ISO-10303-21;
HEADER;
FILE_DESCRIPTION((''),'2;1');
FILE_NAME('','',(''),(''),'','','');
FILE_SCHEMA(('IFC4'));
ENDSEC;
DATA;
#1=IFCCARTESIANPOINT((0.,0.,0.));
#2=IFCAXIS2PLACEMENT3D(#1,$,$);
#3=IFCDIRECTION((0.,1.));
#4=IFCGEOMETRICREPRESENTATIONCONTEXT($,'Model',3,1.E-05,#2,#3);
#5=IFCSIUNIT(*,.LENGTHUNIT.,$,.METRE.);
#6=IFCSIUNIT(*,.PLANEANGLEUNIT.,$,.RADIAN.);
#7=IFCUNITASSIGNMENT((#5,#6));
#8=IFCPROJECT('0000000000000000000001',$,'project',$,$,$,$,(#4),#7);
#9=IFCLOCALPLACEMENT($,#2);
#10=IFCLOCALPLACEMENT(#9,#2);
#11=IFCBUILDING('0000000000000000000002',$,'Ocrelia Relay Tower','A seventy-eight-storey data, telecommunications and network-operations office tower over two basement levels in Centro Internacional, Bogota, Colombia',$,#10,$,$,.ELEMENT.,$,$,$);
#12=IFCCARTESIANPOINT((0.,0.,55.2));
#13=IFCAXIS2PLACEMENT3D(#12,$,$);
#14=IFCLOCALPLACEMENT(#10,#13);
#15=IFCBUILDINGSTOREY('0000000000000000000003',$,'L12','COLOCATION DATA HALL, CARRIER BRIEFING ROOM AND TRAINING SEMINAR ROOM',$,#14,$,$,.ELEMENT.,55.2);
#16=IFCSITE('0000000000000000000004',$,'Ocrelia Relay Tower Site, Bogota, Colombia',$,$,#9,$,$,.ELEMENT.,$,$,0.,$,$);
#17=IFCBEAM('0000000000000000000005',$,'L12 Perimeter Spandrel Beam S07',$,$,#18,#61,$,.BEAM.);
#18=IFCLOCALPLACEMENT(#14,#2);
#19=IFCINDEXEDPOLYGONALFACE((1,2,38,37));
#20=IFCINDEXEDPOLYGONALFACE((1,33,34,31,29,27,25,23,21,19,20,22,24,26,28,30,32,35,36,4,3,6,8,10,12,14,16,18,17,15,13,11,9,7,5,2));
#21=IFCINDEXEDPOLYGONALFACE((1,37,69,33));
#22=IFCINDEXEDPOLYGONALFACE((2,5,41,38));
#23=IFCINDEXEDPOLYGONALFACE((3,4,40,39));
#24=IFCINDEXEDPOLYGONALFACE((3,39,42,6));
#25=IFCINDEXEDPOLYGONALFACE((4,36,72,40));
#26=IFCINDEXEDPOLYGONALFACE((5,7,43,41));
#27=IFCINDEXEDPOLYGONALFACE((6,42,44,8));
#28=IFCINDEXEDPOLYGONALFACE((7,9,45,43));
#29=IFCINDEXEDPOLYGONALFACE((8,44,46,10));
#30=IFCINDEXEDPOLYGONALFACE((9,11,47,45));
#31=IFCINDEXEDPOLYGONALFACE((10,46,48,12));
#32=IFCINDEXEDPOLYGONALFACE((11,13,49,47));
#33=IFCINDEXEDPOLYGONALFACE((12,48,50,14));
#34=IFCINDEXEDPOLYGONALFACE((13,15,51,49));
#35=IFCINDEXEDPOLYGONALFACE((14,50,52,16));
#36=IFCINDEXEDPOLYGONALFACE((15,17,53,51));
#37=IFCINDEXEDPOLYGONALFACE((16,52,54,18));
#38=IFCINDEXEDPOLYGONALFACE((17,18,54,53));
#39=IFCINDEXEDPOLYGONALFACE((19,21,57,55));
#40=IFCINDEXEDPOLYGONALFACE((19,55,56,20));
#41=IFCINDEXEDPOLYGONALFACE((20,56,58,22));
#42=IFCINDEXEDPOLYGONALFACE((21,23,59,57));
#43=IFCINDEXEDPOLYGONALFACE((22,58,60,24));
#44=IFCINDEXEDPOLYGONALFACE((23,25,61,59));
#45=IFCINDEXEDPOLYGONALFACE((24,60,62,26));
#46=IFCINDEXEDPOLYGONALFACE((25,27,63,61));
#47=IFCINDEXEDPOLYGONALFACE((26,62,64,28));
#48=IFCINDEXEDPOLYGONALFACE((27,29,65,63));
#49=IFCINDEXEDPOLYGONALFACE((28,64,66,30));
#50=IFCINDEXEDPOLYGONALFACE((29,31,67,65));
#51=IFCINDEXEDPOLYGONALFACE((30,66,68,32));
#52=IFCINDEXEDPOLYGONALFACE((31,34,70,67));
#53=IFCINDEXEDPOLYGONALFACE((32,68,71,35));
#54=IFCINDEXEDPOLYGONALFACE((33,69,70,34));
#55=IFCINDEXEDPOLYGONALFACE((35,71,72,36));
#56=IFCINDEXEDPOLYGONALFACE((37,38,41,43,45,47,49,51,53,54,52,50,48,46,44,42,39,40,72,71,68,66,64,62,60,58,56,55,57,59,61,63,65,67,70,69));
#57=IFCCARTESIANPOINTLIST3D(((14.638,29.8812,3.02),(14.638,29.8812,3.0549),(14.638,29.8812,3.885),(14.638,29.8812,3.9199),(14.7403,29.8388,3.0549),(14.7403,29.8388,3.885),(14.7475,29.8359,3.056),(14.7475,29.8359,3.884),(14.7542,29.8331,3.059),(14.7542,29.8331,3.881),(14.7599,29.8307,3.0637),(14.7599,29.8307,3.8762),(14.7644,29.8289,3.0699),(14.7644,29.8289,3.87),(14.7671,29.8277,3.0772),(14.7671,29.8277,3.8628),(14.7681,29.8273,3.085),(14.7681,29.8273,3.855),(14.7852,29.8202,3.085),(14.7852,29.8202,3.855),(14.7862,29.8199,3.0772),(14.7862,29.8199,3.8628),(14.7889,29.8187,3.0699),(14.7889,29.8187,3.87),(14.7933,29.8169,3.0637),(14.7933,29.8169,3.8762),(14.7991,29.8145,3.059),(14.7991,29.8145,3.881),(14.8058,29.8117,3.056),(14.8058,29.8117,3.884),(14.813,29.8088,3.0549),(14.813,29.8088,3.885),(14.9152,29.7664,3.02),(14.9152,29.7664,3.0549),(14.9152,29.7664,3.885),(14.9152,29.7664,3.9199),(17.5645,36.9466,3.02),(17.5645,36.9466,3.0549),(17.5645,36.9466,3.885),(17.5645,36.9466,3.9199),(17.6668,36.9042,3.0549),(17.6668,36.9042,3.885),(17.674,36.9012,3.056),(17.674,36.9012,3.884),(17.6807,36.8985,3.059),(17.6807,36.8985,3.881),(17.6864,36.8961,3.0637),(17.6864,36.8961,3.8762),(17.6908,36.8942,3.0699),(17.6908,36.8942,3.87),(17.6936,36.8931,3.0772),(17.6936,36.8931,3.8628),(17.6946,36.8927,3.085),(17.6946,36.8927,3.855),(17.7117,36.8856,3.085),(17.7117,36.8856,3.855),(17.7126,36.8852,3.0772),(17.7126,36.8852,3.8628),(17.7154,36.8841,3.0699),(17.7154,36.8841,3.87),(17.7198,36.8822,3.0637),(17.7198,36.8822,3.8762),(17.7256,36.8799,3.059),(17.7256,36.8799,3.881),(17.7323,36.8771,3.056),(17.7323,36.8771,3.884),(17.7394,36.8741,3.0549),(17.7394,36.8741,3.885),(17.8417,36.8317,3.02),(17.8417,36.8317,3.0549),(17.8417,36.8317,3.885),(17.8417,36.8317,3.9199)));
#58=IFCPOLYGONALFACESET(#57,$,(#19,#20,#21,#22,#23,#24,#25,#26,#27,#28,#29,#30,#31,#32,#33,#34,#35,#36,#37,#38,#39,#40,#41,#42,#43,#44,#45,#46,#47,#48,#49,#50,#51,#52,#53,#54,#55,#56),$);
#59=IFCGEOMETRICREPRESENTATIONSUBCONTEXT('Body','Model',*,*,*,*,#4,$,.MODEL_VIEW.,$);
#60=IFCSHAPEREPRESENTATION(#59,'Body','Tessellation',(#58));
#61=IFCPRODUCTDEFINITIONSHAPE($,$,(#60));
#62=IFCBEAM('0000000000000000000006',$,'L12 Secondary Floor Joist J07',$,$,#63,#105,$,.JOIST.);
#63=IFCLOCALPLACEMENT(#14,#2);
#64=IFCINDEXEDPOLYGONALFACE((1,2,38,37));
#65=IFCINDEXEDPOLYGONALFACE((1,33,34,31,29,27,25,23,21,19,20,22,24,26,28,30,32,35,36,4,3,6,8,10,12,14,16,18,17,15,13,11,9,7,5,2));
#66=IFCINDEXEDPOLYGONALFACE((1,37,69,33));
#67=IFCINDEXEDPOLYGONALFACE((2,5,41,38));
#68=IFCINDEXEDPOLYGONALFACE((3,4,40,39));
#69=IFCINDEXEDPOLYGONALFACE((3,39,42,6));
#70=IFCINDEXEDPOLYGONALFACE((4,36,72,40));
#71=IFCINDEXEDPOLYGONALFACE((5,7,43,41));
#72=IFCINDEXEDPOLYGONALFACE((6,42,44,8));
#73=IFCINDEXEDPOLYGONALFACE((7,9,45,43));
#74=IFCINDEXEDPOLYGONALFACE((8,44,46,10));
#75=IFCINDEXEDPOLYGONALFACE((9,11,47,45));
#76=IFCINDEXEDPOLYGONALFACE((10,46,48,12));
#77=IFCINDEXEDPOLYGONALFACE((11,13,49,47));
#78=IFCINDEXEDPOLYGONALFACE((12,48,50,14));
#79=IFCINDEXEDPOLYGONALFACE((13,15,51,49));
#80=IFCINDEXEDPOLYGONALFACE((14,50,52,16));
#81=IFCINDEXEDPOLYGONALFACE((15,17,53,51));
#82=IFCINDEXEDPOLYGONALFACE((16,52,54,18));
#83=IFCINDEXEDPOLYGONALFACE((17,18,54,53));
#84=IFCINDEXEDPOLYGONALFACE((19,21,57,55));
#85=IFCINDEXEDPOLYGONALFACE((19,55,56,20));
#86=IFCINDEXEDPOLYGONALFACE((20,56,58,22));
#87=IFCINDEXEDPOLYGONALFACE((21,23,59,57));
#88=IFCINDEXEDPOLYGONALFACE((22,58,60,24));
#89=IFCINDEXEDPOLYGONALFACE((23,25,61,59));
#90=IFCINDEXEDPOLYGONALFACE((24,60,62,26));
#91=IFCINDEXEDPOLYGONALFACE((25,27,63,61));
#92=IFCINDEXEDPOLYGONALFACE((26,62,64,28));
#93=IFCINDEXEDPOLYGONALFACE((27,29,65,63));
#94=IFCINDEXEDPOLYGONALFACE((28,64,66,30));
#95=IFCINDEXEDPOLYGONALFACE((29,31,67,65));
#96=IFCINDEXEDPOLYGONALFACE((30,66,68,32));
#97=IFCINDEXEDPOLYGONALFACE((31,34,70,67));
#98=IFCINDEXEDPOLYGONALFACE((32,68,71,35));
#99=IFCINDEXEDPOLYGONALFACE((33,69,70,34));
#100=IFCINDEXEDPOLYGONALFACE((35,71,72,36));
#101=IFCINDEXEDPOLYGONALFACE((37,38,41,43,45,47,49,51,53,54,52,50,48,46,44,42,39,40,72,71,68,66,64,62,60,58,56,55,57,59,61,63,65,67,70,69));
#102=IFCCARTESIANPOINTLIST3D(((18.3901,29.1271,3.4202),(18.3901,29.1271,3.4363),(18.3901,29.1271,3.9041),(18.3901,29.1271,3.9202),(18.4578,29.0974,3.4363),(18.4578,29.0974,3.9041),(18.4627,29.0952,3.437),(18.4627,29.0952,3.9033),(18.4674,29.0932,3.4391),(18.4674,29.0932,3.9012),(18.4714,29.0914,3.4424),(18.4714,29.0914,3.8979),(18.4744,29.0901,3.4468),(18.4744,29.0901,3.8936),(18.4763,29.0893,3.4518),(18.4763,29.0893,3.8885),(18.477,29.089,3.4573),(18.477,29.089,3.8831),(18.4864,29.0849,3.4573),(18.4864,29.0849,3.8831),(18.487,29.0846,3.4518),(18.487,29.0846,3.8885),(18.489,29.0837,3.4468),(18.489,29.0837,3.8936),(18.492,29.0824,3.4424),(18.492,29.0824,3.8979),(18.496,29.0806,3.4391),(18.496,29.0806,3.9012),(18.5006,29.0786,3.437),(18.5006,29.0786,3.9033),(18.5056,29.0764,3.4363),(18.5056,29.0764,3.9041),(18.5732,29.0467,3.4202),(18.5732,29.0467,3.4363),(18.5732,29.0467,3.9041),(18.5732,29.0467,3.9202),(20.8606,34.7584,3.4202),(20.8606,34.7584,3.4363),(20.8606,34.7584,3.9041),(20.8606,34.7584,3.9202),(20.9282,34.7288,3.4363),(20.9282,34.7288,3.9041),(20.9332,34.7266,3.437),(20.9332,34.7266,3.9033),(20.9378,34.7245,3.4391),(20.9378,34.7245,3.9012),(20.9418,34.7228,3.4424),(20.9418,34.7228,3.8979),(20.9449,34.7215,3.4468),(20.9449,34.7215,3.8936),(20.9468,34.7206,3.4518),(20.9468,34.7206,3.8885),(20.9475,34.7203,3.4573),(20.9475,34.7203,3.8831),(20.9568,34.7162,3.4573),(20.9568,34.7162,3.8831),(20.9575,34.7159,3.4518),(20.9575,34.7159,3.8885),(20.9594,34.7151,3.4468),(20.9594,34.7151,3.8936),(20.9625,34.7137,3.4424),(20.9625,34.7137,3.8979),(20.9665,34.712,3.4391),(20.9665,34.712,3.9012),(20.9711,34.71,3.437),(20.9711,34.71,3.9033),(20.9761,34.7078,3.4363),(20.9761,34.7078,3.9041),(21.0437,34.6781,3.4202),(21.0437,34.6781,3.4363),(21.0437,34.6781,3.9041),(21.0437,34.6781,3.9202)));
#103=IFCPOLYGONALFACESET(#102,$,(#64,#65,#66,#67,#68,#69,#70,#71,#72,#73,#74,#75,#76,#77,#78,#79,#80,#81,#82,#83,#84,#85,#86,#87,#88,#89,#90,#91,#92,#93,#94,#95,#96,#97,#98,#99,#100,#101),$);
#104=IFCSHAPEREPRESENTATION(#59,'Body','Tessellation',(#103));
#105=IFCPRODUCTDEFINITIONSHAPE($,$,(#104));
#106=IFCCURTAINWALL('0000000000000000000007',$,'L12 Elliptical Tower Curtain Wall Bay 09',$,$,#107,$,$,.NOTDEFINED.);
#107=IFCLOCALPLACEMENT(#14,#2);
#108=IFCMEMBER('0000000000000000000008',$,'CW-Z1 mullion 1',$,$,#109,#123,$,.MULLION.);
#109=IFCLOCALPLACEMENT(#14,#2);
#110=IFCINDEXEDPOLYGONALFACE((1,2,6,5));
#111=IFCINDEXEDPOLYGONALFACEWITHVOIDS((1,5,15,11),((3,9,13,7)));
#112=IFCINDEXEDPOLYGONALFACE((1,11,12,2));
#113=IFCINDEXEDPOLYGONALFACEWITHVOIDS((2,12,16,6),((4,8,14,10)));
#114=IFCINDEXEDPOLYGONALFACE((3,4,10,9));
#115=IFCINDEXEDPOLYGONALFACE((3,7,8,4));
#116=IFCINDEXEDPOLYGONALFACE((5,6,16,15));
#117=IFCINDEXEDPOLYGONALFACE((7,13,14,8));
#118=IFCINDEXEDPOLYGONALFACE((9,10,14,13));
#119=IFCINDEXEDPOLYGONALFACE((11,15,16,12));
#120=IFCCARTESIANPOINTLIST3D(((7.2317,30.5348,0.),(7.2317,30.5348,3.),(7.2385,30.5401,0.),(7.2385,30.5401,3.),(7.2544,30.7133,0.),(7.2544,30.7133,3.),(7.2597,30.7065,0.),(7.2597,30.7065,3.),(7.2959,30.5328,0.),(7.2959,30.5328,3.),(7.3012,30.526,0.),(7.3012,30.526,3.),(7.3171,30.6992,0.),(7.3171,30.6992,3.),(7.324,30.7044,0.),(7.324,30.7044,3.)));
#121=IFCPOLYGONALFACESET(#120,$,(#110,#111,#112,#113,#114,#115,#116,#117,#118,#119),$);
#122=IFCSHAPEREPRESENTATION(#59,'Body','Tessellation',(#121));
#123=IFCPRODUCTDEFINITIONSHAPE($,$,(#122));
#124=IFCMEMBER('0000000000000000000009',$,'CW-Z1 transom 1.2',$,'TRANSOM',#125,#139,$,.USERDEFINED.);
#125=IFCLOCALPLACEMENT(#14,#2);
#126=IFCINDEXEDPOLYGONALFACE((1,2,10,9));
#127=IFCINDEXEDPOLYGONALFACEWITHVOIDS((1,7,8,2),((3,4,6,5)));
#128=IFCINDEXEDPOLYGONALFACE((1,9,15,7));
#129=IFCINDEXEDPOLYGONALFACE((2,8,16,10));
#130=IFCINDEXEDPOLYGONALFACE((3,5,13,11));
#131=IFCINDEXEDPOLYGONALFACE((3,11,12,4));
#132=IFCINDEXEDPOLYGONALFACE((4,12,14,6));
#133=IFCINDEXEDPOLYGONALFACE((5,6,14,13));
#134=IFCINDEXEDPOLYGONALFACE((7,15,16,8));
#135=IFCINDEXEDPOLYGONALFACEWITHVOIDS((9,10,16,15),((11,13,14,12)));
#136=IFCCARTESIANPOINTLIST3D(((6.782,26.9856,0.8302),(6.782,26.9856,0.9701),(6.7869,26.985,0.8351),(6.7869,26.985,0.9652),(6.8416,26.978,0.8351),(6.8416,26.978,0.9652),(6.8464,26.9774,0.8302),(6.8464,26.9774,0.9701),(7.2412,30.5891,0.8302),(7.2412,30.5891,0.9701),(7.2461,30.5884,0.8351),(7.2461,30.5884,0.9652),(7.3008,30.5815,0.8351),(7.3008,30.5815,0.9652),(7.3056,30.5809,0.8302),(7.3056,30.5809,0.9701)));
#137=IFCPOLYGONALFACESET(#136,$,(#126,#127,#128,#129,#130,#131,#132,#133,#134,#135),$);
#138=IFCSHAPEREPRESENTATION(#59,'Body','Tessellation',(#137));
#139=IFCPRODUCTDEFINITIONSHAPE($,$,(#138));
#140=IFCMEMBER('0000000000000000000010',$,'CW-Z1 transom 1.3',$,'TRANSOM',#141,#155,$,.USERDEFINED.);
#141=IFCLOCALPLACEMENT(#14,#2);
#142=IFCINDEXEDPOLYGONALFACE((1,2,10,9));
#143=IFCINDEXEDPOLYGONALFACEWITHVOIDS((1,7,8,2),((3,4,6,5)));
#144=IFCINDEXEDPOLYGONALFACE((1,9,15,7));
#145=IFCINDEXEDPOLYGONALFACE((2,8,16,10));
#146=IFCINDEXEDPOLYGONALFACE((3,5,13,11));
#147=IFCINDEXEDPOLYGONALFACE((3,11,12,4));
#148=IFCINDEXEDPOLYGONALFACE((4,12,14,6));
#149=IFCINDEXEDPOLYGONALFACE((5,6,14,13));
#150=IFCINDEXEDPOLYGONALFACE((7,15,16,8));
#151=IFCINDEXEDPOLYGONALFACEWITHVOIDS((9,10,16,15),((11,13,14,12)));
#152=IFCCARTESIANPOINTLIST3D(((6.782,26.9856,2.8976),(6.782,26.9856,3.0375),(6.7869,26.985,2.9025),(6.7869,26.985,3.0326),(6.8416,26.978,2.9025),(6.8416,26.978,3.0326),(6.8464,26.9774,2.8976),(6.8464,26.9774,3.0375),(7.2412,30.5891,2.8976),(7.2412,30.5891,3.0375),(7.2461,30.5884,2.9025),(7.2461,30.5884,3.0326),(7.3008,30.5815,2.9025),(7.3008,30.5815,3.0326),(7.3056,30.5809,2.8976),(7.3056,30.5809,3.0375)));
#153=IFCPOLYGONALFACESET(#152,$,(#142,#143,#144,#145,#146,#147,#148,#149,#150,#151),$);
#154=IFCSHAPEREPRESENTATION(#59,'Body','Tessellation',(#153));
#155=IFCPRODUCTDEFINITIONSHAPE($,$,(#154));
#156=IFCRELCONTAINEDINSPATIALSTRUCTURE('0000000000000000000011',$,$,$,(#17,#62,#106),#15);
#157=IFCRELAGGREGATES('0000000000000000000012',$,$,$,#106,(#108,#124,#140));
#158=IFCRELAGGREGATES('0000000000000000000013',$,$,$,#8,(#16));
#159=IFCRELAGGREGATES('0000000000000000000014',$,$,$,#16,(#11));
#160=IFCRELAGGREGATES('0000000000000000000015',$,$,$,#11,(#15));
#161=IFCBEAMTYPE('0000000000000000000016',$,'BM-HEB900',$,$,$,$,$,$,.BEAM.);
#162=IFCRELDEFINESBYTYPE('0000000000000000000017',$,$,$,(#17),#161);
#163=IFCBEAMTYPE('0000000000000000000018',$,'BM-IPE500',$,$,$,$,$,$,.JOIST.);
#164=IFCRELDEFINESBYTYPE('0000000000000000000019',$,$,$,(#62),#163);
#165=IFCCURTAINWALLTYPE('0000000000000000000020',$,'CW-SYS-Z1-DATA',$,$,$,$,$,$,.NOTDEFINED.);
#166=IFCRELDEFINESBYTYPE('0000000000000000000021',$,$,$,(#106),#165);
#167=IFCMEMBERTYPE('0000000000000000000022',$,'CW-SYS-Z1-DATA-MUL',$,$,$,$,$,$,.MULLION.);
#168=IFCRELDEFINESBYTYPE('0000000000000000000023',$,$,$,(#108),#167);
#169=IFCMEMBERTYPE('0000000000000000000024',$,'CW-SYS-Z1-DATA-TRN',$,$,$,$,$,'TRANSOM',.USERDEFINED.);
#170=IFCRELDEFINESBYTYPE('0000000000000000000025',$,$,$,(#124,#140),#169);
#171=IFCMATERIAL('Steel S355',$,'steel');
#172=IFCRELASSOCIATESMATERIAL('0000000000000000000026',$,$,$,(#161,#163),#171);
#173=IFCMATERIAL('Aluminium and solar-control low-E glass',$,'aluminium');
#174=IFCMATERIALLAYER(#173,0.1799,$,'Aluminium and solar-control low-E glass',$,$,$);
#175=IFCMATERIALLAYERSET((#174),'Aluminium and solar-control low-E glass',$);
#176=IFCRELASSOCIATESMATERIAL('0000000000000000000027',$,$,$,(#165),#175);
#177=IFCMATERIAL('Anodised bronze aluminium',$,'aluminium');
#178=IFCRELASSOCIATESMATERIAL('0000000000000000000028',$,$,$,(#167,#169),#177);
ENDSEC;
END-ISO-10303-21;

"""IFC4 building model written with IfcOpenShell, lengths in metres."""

from ifc_helpers import new_model, si_unit, direction, frame, origin, origin_2d, place, context, subcontext, project, spatial, hollow_rectangle, i_section, extrude, material, layer, layer_set, material_profile, profile_set, type_object, element, aggregate, save


model = new_model("IFC4")

# Units and contexts
model_context = context("Model", 3, precision=1e-05, world=origin(), true_north=direction((0.0, 1.0)))
body_context = subcontext(model_context, "Body", "Model", "MODEL_VIEW")
ifc_project = project(units=[si_unit("LENGTHUNIT", "METRE"), si_unit("PLANEANGLEUNIT", "RADIAN")], contexts=[model_context])

# Site, building, storey
site_placement = place(None, origin())
site = spatial("IfcSite", under=ifc_project, at=site_placement, Name="Ocrelia Relay Tower Site, Bogota, Colombia", CompositionType="ELEMENT", RefElevation=0.0)
building_placement = place(site_placement, origin())
building = spatial("IfcBuilding", under=site, at=building_placement, Name="Ocrelia Relay Tower", Description="A seventy-eight-storey data, telecommunications and network-operations office tower over two basement levels in Centro Internacional, Bogota, Colombia", CompositionType="ELEMENT")
storey_placement = place(building_placement, frame((0.0, 0.0, 55.2)))
storey = spatial("IfcBuildingStorey", under=building, at=storey_placement, Name="L12", Description="COLOCATION DATA HALL, CARRIER BRIEFING ROOM AND TRAINING SEMINAR ROOM", CompositionType="ELEMENT", Elevation=55.2)

# Beams
ifc_material_1 = material(Name="Steel S355", Category="steel")
ifc_material_profile_1 = material_profile(ifc_material_1, i_section(OverallWidth=0.3, OverallDepth=0.8999, WebThickness=0.0186, FlangeThickness=0.0349, FilletRadius=0.03, at=origin_2d()), Name="HEB 900")
ifc_profile_set_1 = profile_set([ifc_material_profile_1], Name="Steel S355")
beam_type_1 = type_object("IfcBeamType", Name="BM-HEB900", PredefinedType="BEAM", material=ifc_profile_set_1)
beam_1_placement = place(storey_placement, frame((17.7031, 36.8892, 3.47), z_axis=(-0.382674, -0.923883, 0.0), x_axis=(0.923883, -0.382674, 0.0)))
element("IfcBeam", 1, at=beam_1_placement, inside=storey, type_object=beam_type_1, Name="L12 Perimeter Spandrel Beam S07", PredefinedType="BEAM", context=body_context, shape_type="SweptSolid", body=[
    extrude(i_section(OverallWidth=0.3, OverallDepth=0.8999, WebThickness=0.0186, FlangeThickness=0.0349, FilletRadius=0.03, at=origin_2d()), origin(), (0.0, 0.0, 1.0), 7.6475),
])
ifc_material_profile_2 = material_profile(ifc_material_1, i_section(OverallWidth=0.2, OverallDepth=0.5, WebThickness=0.0103, FlangeThickness=0.0161, FilletRadius=0.021, at=origin_2d()), Name="IPE 500")
ifc_profile_set_2 = profile_set([ifc_material_profile_2], Name="Steel S355")
beam_type_2 = type_object("IfcBeamType", Name="BM-IPE500", PredefinedType="JOIST", material=ifc_profile_set_2)
beam_2_placement = place(storey_placement, frame((20.9521, 34.7183, 3.6702), z_axis=(-0.401739, -0.915754, 0.0), x_axis=(0.915754, -0.401739, 0.0)))
element("IfcBeam", 2, at=beam_2_placement, inside=storey, type_object=beam_type_2, Name="L12 Secondary Floor Joist J07", PredefinedType="JOIST", context=body_context, shape_type="SweptSolid", body=[
    extrude(i_section(OverallWidth=0.2, OverallDepth=0.5, WebThickness=0.0103, FlangeThickness=0.0161, FilletRadius=0.021, at=origin_2d()), origin(), (0.0, 0.0, 1.0), 6.1494),
])

# Curtain wall, members
ifc_material_2 = material(Name="Aluminium and solar-control low-E glass", Category="aluminium")
ifc_layer_1 = layer(ifc_material_2, 0.1799, Name="Aluminium and solar-control low-E glass")
ifc_layer_set_1 = layer_set([ifc_layer_1], Name="Aluminium and solar-control low-E glass")
curtain_wall_type = type_object("IfcCurtainWallType", Name="CW-SYS-Z1-DATA", PredefinedType="NOTDEFINED", material=ifc_layer_set_1)
curtain_wall_placement = place(storey_placement, origin())
curtain_wall = element("IfcCurtainWall", 3, at=curtain_wall_placement, inside=storey, type_object=curtain_wall_type, Name="L12 Elliptical Tower Curtain Wall Bay 09", PredefinedType="NOTDEFINED")
ifc_material_3 = material(Name="Anodised bronze aluminium", Category="aluminium")
ifc_material_profile_3 = material_profile(ifc_material_3, hollow_rectangle(XDim=0.0701, YDim=0.1799, WallThickness=0.0061, at=origin_2d()), Name="CW-MUL-180x70")
ifc_profile_set_3 = profile_set([ifc_material_profile_3], Name="Anodised bronze aluminium")
member_type_1 = type_object("IfcMemberType", Name="CW-SYS-Z1-DATA-MUL", PredefinedType="MULLION", material=ifc_profile_set_3)
member_1_placement = place(storey_placement, frame((7.2778, 30.6196, 0.0), z_axis=(0.0, 0.0, 1.0), x_axis=(0.991983, -0.126374, 0.0)))
member_1 = element("IfcMember", 4, at=member_1_placement, type_object=member_type_1, Name="CW-Z1 mullion 1", PredefinedType="MULLION", context=body_context, shape_type="SweptSolid", body=[
    extrude(hollow_rectangle(XDim=0.0701, YDim=0.1799, WallThickness=0.0061, at=origin_2d()), origin(), (0.0, 0.0, 1.0), 3.0),
])
ifc_material_profile_4 = material_profile(ifc_material_3, hollow_rectangle(XDim=0.0649, YDim=0.1399, WallThickness=0.0049, at=origin_2d()), Name="CW-TRN-140x65")
ifc_profile_set_4 = profile_set([ifc_material_profile_4], Name="Anodised bronze aluminium")
member_type_2 = type_object("IfcMemberType", Name="CW-SYS-Z1-DATA-TRN", ElementType="TRANSOM", PredefinedType="USERDEFINED", material=ifc_profile_set_4)
member_2_placement = place(storey_placement, frame((7.2734, 30.585, 0.9001), z_axis=(-0.126417, -0.991977, 0.0), x_axis=(0.991977, -0.126417, 0.0)))
member_2 = element("IfcMember", 5, at=member_2_placement, type_object=member_type_2, Name="CW-Z1 transom 1.2", ObjectType="TRANSOM", PredefinedType="USERDEFINED", context=body_context, shape_type="SweptSolid", body=[
    extrude(hollow_rectangle(XDim=0.0649, YDim=0.1399, WallThickness=0.0049, at=origin_2d()), origin(), (0.0, 0.0, 1.0), 3.6326),
])
member_3_placement = place(storey_placement, frame((7.2734, 30.585, 2.9675), z_axis=(-0.126417, -0.991977, 0.0), x_axis=(0.991977, -0.126417, 0.0)))
member_3 = element("IfcMember", 6, at=member_3_placement, type_object=member_type_2, Name="CW-Z1 transom 1.3", ObjectType="TRANSOM", PredefinedType="USERDEFINED", context=body_context, shape_type="SweptSolid", body=[
    extrude(hollow_rectangle(XDim=0.0649, YDim=0.1399, WallThickness=0.0049, at=origin_2d()), origin(), (0.0, 0.0, 1.0), 3.6326),
])
aggregate(curtain_wall, [member_1, member_2, member_3])

save(model, "model.ifc")
